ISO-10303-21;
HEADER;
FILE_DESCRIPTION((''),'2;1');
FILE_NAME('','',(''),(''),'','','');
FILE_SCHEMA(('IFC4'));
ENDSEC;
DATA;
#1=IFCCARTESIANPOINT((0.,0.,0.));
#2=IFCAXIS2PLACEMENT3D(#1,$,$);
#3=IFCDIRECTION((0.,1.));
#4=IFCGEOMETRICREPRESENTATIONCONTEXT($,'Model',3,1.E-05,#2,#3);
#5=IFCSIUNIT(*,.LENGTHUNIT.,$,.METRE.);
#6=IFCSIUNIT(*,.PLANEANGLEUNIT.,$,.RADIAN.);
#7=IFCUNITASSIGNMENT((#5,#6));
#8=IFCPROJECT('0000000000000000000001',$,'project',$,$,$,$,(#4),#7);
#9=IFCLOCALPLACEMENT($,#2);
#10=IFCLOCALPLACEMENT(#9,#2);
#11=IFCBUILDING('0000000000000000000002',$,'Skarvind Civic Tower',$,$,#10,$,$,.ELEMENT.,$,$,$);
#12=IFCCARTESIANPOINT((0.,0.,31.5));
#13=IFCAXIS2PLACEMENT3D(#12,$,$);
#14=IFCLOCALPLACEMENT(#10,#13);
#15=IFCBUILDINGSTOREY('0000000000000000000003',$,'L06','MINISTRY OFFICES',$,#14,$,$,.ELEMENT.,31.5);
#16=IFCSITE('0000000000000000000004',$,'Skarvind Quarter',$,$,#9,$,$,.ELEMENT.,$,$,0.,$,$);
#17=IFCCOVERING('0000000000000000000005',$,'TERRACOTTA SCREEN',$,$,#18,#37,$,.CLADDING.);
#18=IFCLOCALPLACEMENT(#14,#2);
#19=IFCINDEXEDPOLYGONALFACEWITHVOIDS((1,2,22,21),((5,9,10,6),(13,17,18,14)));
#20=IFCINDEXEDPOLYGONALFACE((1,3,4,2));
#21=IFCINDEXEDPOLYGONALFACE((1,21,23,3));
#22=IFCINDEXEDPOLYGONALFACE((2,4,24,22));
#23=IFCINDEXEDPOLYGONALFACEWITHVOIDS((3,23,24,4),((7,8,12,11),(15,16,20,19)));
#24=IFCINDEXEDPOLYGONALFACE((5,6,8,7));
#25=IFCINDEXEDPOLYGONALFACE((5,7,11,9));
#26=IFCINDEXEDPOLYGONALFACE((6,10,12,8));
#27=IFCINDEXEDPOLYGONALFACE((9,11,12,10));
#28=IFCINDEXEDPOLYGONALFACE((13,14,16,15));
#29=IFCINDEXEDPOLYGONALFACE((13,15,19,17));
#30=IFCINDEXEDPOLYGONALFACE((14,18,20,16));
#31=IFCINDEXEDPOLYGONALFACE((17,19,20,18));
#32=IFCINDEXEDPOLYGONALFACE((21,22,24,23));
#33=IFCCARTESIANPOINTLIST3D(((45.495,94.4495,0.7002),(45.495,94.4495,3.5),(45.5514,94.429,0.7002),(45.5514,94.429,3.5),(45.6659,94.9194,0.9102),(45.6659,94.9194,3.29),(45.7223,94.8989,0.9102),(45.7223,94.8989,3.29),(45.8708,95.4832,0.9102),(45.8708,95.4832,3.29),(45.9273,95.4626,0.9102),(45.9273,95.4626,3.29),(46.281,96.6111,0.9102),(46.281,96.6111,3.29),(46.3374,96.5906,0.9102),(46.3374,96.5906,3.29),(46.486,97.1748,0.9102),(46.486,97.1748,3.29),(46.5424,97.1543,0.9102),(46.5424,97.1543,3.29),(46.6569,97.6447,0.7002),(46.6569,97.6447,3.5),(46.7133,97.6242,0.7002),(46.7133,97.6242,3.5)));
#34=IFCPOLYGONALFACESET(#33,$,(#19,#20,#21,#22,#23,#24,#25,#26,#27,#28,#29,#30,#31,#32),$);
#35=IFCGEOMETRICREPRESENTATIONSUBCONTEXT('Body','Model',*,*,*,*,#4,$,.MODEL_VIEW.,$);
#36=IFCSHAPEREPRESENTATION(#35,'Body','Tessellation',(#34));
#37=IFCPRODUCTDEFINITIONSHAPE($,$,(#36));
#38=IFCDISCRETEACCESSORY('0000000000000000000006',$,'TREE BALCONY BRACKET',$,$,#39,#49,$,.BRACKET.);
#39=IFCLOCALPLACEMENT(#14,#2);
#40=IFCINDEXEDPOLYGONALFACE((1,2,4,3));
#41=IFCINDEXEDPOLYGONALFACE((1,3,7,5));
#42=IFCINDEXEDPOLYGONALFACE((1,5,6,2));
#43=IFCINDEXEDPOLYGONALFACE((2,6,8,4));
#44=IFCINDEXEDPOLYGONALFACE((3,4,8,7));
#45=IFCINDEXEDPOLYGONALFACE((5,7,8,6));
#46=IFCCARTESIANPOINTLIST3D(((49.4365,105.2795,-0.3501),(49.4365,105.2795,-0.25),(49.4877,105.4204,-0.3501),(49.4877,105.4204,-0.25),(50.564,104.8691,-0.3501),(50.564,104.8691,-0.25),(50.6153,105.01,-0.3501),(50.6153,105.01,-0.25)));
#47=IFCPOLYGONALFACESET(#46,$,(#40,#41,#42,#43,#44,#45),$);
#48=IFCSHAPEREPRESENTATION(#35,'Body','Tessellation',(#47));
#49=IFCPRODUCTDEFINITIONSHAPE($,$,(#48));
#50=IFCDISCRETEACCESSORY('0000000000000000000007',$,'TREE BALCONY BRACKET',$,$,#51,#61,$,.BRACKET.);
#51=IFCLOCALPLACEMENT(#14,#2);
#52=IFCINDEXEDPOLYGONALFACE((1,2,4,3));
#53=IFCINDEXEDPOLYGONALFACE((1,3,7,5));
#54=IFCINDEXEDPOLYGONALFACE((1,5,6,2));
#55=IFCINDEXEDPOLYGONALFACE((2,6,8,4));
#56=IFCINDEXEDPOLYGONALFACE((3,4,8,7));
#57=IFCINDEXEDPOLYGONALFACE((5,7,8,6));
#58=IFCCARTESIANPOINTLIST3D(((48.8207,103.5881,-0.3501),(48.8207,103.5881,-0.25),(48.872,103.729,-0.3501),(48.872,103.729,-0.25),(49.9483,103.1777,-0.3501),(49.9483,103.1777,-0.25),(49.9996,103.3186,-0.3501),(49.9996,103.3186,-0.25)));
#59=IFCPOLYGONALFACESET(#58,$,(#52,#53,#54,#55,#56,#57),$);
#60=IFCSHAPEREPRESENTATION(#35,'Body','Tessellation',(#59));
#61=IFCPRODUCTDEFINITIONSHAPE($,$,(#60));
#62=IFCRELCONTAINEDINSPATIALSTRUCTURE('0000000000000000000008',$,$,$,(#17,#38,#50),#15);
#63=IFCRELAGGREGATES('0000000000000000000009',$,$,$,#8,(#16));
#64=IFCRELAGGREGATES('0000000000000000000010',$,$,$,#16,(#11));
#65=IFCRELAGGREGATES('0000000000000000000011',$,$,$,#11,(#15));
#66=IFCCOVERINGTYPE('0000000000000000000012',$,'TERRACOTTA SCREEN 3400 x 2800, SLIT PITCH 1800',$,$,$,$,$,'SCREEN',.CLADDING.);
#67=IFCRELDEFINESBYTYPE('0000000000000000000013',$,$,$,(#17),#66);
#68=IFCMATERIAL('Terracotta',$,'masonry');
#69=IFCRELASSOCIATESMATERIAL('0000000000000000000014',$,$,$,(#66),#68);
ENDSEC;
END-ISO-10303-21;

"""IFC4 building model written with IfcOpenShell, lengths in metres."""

from ifc_helpers import new_model, si_unit, direction, frame, origin, origin_2d, place, context, subcontext, project, spatial, polyline, rectangle, outline, extrude, material, material_profile, profile_set, type_object, element, save


model = new_model("IFC4")

# Units and contexts
model_context = context("Model", 3, precision=1e-05, world=origin(), true_north=direction((0.0, 1.0)))
body_context = subcontext(model_context, "Body", "Model", "MODEL_VIEW")
ifc_project = project(units=[si_unit("LENGTHUNIT", "METRE"), si_unit("PLANEANGLEUNIT", "RADIAN")], contexts=[model_context])

# Site, building, storey
site_placement = place(None, origin())
site = spatial("IfcSite", under=ifc_project, at=site_placement, Name="Skarvind Quarter", CompositionType="ELEMENT", RefElevation=0.0)
building_placement = place(site_placement, origin())
building = spatial("IfcBuilding", under=site, at=building_placement, Name="Skarvind Civic Tower", CompositionType="ELEMENT")
storey_placement = place(building_placement, frame((0.0, 0.0, 31.5)))
storey = spatial("IfcBuildingStorey", under=building, at=storey_placement, Name="L06", Description="MINISTRY OFFICES", CompositionType="ELEMENT", Elevation=31.5)

# Covering
ifc_material_1 = material(Name="Terracotta", Category="masonry")
ifc_material_profile_1 = material_profile(ifc_material_1, outline(polyline([(-1.7, -1.3999), (1.7, -1.3999), (1.7, 1.3999), (-1.7, 1.3999), (-1.7, -1.3999)]), holes=[polyline([(-1.2, -1.1899), (-0.6001, -1.1899), (-0.6001, 1.1899), (-1.2, 1.1899), (-1.2, -1.1899)]), polyline([(0.6001, -1.1899), (1.2, -1.1899), (1.2, 1.1899), (0.6001, 1.1899), (0.6001, -1.1899)])]), Name="TERRACOTTA SCREEN 3400 x 2800, SLIT PITCH 1800")
ifc_profile_set_1 = profile_set([ifc_material_profile_1], Name="Terracotta")
covering_type = type_object("IfcCoveringType", Name="TERRACOTTA SCREEN 3400 x 2800, SLIT PITCH 1800", ElementType="SCREEN", PredefinedType="CLADDING", material=ifc_profile_set_1)
covering_placement = place(storey_placement, frame((46.0759, 96.0471, 2.1001), z_axis=(0.939793, -0.341743, 0.0), x_axis=(0.341743, 0.939793, 0.0)))
element("IfcCovering", 1, at=covering_placement, inside=storey, type_object=covering_type, Name="TERRACOTTA SCREEN", PredefinedType="CLADDING", context=body_context, shape_type="SweptSolid", body=[
    extrude(outline(polyline([(-1.7, -1.3999), (1.7, -1.3999), (1.7, 1.3999), (-1.7, 1.3999), (-1.7, -1.3999)]), holes=[polyline([(-1.2, -1.1899), (-0.6001, -1.1899), (-0.6001, 1.1899), (-1.2, 1.1899), (-1.2, -1.1899)]), polyline([(0.6001, -1.1899), (1.2, -1.1899), (1.2, 1.1899), (0.6001, 1.1899), (0.6001, -1.1899)])]), origin(), (0.0, 0.0, 1.0), 0.0601),
])

# Discrete accessories
for number, where, z_axis, x_axis, name in (
    (2, (50.0259, 105.1448, -0.3501), (0.0, 0.0, 1.0), (-0.34202, -0.939693, 0.0), "TREE BALCONY BRACKET"),
    (3, (49.4102, 103.4534, -0.3501), (0.0, 0.0, 1.0), (-0.34202, -0.939693, 0.0), "TREE BALCONY BRACKET"),
):
    element("IfcDiscreteAccessory", number, at=place(storey_placement, frame(where, z_axis=z_axis, x_axis=x_axis)), inside=storey, Name=name, PredefinedType="BRACKET", context=body_context, shape_type="SweptSolid", body=[
        extrude(rectangle(XDim=0.1499, YDim=1.2, at=origin_2d()), origin(), (0.0, 0.0, 1.0), 0.1001),
    ])

save(model, "model.ifc")
